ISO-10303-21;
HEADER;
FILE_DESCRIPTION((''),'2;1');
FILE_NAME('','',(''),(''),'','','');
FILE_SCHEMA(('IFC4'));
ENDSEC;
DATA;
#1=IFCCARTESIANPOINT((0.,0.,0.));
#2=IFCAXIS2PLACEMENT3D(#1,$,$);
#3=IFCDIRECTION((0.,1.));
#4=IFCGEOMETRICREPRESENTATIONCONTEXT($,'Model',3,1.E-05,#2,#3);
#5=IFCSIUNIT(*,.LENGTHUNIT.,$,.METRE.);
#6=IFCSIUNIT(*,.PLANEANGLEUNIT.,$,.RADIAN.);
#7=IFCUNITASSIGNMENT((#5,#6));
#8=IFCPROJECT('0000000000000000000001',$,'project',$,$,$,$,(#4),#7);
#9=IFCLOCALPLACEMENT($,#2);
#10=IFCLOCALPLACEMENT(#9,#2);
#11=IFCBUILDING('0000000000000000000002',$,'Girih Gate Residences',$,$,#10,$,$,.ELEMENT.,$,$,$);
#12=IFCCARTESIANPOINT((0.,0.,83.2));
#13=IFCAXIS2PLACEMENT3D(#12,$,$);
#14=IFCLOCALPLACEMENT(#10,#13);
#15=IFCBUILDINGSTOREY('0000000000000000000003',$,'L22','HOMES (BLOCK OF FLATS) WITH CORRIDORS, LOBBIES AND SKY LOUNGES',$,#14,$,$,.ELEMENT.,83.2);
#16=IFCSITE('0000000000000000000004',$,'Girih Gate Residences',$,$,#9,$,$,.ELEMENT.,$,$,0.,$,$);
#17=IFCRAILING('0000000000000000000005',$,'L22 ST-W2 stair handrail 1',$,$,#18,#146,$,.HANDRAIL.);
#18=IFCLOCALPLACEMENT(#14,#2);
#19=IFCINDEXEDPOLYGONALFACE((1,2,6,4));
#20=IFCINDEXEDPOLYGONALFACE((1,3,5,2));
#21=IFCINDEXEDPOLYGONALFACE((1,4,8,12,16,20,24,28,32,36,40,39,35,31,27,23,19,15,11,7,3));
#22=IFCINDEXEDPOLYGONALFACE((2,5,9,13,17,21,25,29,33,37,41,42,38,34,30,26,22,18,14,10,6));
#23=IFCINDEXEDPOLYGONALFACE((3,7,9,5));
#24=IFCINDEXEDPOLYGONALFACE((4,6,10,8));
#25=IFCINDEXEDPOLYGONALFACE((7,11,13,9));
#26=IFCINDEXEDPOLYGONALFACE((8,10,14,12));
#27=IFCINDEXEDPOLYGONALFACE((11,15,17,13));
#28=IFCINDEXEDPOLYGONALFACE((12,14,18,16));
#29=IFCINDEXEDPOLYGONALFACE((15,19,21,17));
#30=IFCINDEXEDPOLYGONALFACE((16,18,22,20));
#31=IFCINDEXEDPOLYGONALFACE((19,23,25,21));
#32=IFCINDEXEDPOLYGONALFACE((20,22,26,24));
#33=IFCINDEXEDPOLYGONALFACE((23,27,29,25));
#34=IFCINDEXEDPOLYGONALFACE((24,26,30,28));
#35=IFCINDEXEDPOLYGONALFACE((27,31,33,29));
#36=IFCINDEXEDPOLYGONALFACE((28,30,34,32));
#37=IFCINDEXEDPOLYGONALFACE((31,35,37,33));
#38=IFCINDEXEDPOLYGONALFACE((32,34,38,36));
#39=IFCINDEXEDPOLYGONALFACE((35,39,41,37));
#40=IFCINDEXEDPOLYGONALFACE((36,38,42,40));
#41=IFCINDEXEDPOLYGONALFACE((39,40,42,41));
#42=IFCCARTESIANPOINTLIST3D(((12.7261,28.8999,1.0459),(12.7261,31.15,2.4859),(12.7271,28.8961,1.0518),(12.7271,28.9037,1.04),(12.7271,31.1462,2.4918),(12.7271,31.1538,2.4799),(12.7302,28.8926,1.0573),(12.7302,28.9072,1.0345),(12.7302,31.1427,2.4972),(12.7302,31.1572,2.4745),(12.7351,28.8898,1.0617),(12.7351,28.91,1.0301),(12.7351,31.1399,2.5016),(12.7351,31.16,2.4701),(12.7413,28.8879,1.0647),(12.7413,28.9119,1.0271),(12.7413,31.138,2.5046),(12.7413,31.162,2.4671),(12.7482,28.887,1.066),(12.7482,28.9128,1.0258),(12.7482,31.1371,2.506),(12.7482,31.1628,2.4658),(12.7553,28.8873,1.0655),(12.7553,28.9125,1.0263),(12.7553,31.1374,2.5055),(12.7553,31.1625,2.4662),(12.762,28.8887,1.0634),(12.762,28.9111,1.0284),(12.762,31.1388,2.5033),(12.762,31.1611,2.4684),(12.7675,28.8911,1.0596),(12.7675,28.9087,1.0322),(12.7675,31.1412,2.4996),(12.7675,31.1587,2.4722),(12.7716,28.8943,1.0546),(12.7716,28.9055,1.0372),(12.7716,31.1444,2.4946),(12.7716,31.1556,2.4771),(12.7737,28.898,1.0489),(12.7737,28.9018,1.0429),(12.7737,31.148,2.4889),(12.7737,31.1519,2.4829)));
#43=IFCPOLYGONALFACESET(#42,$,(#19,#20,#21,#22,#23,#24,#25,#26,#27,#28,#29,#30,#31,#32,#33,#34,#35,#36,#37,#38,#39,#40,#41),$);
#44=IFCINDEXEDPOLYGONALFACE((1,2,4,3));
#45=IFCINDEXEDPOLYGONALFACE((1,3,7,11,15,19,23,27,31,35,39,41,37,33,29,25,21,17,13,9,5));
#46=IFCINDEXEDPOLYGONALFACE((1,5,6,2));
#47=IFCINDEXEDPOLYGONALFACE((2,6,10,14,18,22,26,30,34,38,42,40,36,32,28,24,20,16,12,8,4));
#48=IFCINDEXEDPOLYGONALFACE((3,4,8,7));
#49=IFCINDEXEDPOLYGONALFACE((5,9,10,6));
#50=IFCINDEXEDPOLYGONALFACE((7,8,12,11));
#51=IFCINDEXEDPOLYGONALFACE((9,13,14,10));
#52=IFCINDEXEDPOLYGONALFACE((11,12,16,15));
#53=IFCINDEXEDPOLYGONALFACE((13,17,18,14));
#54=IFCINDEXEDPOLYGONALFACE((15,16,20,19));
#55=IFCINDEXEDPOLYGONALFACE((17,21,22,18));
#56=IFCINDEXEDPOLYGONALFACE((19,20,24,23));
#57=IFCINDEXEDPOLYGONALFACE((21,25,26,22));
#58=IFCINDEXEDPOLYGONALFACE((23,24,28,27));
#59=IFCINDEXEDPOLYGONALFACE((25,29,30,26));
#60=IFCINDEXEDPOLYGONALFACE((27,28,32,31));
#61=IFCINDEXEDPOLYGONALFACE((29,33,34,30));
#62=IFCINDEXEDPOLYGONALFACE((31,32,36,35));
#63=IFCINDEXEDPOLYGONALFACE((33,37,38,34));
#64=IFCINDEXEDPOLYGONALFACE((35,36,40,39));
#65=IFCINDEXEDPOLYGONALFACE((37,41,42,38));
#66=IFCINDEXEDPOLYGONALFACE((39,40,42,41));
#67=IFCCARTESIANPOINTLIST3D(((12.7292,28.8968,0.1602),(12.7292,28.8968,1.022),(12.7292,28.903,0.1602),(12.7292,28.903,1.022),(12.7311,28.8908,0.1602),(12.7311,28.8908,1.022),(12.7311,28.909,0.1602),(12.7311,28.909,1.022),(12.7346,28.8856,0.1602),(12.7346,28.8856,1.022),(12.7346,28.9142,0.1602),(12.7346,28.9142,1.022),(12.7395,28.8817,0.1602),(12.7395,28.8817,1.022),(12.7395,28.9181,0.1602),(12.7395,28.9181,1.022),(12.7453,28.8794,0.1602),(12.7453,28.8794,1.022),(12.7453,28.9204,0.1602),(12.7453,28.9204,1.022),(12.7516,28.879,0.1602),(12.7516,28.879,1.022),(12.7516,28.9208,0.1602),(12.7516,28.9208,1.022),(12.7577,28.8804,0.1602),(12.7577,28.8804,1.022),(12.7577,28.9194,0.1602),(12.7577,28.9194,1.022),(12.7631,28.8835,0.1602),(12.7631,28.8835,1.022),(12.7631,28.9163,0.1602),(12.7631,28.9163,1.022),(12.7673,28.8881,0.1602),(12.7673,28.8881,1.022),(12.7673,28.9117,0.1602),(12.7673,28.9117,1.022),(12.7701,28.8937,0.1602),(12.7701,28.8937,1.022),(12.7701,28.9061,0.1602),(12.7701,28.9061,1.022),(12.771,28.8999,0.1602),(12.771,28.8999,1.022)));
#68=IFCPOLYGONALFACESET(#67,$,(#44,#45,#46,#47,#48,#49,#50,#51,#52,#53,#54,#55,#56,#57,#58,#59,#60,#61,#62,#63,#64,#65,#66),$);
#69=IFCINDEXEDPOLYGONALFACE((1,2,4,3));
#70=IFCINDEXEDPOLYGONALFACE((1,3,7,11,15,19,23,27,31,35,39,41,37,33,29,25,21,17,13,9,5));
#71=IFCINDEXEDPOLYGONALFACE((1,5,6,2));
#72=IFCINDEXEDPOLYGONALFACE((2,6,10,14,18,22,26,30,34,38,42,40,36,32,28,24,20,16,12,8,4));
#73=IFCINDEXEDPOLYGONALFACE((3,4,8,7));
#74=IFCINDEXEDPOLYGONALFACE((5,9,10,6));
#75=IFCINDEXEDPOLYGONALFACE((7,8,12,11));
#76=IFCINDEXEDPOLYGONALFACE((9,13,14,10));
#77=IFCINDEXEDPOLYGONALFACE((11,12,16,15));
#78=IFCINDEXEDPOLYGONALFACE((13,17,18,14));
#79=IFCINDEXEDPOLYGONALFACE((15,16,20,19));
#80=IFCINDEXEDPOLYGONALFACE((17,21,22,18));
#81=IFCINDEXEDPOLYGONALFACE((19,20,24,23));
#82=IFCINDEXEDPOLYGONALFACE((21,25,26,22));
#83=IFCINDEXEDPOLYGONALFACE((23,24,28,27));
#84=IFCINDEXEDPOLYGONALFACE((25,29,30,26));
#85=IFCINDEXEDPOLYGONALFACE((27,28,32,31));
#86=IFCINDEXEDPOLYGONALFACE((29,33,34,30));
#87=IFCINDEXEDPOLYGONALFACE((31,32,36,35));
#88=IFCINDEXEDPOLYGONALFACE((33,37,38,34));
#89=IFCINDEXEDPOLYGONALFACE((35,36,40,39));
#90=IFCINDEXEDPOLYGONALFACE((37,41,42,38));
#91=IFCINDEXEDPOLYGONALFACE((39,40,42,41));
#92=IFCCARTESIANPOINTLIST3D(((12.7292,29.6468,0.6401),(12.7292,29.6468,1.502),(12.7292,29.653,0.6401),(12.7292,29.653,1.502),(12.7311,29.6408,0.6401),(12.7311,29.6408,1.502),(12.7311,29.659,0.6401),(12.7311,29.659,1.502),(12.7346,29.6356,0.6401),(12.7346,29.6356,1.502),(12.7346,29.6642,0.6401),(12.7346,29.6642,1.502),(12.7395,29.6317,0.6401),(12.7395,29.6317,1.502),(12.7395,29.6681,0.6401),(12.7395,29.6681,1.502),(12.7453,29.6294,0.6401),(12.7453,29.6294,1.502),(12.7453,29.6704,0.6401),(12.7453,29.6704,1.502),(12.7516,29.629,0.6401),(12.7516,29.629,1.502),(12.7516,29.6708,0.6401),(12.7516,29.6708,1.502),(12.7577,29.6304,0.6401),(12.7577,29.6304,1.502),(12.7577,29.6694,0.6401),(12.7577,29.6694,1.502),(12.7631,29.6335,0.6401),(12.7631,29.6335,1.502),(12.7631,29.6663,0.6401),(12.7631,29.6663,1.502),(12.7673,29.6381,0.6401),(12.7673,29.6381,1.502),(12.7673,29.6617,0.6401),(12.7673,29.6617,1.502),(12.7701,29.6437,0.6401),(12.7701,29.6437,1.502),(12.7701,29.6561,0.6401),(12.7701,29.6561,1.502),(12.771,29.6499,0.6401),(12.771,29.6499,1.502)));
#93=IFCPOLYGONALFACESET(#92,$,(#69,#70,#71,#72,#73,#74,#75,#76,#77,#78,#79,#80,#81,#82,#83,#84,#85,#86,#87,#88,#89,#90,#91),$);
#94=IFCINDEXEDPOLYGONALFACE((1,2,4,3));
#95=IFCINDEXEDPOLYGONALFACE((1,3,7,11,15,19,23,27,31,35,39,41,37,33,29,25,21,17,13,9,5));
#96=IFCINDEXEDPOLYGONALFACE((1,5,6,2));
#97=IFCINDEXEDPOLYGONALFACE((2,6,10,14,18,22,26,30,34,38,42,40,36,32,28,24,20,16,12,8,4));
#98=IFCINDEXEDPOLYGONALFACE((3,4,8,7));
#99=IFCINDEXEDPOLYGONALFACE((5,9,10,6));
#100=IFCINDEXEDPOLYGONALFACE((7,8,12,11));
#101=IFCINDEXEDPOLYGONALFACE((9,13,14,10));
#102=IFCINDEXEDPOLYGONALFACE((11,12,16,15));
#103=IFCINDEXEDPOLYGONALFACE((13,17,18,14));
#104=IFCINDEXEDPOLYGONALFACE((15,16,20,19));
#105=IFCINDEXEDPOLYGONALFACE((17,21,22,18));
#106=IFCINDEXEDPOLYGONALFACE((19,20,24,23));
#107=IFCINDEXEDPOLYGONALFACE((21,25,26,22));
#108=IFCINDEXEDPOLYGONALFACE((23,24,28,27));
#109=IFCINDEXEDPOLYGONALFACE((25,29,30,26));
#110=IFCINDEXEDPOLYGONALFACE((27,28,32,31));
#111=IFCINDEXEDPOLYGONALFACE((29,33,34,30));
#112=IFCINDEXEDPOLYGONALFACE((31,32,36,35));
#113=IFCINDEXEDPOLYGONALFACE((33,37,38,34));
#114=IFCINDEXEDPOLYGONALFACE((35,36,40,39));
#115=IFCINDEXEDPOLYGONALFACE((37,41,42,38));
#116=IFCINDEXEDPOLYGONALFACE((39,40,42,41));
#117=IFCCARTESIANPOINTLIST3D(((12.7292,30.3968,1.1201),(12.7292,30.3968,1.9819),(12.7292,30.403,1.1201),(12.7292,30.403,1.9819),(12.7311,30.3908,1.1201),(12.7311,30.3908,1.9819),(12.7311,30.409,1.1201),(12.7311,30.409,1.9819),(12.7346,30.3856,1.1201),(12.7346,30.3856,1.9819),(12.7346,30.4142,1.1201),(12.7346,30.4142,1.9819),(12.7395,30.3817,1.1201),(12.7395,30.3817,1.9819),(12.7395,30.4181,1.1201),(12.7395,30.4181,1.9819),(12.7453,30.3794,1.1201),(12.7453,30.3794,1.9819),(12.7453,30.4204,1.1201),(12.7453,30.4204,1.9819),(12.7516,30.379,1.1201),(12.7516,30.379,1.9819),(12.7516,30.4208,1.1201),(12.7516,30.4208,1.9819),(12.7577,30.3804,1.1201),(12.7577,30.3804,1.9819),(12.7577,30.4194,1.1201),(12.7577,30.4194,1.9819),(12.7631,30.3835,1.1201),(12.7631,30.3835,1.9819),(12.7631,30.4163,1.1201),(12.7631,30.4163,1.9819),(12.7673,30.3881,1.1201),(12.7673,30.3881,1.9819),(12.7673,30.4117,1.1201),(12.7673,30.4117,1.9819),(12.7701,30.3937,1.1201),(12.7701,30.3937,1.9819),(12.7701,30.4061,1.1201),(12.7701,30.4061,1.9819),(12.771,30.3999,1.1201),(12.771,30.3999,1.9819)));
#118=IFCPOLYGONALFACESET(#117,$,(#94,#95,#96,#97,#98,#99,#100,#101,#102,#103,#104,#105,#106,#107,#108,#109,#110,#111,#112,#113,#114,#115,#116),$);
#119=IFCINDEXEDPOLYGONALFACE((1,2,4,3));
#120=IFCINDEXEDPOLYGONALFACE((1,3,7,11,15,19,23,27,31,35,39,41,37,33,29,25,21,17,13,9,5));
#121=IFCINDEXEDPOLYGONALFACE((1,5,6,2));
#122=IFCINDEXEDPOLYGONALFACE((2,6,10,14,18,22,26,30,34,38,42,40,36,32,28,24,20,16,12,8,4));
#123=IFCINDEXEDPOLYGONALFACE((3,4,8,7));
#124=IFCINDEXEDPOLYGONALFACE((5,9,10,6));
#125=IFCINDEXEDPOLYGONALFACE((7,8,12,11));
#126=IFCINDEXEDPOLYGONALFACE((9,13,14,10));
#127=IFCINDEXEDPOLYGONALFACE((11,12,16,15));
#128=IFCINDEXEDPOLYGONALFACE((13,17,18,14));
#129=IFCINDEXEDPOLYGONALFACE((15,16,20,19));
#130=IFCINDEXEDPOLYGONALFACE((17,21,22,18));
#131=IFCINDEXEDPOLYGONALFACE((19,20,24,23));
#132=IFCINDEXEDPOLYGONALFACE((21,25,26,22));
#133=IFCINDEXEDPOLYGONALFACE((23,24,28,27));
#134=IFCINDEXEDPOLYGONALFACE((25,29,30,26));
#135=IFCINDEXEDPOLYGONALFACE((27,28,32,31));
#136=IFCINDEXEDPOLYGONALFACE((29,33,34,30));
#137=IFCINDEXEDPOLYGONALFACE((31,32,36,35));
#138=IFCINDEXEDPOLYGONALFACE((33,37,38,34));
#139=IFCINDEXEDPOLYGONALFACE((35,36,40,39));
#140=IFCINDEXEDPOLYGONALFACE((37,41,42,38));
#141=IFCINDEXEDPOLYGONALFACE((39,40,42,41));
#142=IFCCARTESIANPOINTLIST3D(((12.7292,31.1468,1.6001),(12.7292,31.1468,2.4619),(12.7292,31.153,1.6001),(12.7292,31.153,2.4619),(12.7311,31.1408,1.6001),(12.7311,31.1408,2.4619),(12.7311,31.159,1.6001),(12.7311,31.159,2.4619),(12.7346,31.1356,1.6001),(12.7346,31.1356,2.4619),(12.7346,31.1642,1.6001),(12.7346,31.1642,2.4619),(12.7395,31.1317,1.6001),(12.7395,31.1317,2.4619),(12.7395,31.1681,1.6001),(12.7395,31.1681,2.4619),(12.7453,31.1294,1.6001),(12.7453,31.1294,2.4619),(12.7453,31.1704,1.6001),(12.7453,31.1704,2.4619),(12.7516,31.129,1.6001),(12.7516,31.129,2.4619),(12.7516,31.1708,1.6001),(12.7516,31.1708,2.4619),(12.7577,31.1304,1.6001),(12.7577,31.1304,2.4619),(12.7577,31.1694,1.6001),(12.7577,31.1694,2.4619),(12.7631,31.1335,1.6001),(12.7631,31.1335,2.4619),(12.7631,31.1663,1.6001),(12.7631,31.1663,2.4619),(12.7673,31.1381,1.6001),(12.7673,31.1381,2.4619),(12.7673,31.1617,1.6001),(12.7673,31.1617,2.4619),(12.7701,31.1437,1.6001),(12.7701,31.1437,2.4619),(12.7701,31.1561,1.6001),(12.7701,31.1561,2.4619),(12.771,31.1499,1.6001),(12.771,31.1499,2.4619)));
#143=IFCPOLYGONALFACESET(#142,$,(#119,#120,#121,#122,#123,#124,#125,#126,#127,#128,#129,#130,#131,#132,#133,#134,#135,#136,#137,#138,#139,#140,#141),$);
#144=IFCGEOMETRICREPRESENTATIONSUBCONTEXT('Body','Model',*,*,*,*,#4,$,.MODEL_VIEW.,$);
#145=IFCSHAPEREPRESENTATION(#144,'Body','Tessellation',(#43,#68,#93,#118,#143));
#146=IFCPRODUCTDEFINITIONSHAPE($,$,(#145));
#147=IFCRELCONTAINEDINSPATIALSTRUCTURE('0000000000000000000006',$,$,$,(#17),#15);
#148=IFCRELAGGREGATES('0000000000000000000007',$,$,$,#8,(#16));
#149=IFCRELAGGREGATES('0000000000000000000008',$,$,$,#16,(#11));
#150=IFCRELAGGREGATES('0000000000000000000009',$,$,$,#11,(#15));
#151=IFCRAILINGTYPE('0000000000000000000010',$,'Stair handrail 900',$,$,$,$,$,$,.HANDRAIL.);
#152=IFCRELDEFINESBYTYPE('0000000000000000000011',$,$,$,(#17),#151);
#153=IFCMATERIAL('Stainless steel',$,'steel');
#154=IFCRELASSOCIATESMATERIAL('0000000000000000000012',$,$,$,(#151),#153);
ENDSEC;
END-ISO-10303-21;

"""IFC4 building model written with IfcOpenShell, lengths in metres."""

from ifc_helpers import new_model, si_unit, direction, frame, origin, origin_2d, place, context, subcontext, project, spatial, circle, extrude, material, type_object, element, save


model = new_model("IFC4")

# Units and contexts
model_context = context("Model", 3, precision=1e-05, world=origin(), true_north=direction((0.0, 1.0)))
body_context = subcontext(model_context, "Body", "Model", "MODEL_VIEW")
ifc_project = project(units=[si_unit("LENGTHUNIT", "METRE"), si_unit("PLANEANGLEUNIT", "RADIAN")], contexts=[model_context])

# Site, building, storey
site_placement = place(None, origin())
site = spatial("IfcSite", under=ifc_project, at=site_placement, Name="Girih Gate Residences", CompositionType="ELEMENT", RefElevation=0.0)
building_placement = place(site_placement, origin())
building = spatial("IfcBuilding", under=site, at=building_placement, Name="Girih Gate Residences", CompositionType="ELEMENT")
storey_placement = place(building_placement, frame((0.0, 0.0, 83.2)))
storey = spatial("IfcBuildingStorey", under=building, at=storey_placement, Name="L22", Description="HOMES (BLOCK OF FLATS) WITH CORRIDORS, LOBBIES AND SKY LOUNGES", CompositionType="ELEMENT", Elevation=83.2)

# Railing
ifc_material_1 = material(Name="Stainless steel", Category="steel")
railing_type_1 = type_object("IfcRailingType", Name="Stair handrail 900", PredefinedType="HANDRAIL", material=ifc_material_1)
railing_1_placement = place(storey_placement, frame((12.75, 28.8999, 0.1602)))
element("IfcRailing", 1, at=railing_1_placement, inside=storey, type_object=railing_type_1, Name="L22 ST-W2 stair handrail 1", PredefinedType="HANDRAIL", context=body_context, shape_type="SweptSolid", body=[
    extrude(circle(Radius=0.0239, at=origin_2d()), frame((0.0, 0.0, 0.8857), z_axis=(0.0, 0.842281, 0.539038), x_axis=(-1.0, 0.0, 0.0)), (0.0, 0.0, 1.0), 2.6714),
    extrude(circle(Radius=0.021, at=origin_2d()), origin(), (0.0, 0.0, 1.0), 0.8618),
    extrude(circle(Radius=0.021, at=origin_2d()), frame((0.0, 0.75, 0.48)), (0.0, 0.0, 1.0), 0.8618),
    extrude(circle(Radius=0.021, at=origin_2d()), frame((0.0, 1.5, 0.96)), (0.0, 0.0, 1.0), 0.8618),
    extrude(circle(Radius=0.021, at=origin_2d()), frame((0.0, 2.25, 1.4399)), (0.0, 0.0, 1.0), 0.8618),
])

save(model, "model.ifc")
